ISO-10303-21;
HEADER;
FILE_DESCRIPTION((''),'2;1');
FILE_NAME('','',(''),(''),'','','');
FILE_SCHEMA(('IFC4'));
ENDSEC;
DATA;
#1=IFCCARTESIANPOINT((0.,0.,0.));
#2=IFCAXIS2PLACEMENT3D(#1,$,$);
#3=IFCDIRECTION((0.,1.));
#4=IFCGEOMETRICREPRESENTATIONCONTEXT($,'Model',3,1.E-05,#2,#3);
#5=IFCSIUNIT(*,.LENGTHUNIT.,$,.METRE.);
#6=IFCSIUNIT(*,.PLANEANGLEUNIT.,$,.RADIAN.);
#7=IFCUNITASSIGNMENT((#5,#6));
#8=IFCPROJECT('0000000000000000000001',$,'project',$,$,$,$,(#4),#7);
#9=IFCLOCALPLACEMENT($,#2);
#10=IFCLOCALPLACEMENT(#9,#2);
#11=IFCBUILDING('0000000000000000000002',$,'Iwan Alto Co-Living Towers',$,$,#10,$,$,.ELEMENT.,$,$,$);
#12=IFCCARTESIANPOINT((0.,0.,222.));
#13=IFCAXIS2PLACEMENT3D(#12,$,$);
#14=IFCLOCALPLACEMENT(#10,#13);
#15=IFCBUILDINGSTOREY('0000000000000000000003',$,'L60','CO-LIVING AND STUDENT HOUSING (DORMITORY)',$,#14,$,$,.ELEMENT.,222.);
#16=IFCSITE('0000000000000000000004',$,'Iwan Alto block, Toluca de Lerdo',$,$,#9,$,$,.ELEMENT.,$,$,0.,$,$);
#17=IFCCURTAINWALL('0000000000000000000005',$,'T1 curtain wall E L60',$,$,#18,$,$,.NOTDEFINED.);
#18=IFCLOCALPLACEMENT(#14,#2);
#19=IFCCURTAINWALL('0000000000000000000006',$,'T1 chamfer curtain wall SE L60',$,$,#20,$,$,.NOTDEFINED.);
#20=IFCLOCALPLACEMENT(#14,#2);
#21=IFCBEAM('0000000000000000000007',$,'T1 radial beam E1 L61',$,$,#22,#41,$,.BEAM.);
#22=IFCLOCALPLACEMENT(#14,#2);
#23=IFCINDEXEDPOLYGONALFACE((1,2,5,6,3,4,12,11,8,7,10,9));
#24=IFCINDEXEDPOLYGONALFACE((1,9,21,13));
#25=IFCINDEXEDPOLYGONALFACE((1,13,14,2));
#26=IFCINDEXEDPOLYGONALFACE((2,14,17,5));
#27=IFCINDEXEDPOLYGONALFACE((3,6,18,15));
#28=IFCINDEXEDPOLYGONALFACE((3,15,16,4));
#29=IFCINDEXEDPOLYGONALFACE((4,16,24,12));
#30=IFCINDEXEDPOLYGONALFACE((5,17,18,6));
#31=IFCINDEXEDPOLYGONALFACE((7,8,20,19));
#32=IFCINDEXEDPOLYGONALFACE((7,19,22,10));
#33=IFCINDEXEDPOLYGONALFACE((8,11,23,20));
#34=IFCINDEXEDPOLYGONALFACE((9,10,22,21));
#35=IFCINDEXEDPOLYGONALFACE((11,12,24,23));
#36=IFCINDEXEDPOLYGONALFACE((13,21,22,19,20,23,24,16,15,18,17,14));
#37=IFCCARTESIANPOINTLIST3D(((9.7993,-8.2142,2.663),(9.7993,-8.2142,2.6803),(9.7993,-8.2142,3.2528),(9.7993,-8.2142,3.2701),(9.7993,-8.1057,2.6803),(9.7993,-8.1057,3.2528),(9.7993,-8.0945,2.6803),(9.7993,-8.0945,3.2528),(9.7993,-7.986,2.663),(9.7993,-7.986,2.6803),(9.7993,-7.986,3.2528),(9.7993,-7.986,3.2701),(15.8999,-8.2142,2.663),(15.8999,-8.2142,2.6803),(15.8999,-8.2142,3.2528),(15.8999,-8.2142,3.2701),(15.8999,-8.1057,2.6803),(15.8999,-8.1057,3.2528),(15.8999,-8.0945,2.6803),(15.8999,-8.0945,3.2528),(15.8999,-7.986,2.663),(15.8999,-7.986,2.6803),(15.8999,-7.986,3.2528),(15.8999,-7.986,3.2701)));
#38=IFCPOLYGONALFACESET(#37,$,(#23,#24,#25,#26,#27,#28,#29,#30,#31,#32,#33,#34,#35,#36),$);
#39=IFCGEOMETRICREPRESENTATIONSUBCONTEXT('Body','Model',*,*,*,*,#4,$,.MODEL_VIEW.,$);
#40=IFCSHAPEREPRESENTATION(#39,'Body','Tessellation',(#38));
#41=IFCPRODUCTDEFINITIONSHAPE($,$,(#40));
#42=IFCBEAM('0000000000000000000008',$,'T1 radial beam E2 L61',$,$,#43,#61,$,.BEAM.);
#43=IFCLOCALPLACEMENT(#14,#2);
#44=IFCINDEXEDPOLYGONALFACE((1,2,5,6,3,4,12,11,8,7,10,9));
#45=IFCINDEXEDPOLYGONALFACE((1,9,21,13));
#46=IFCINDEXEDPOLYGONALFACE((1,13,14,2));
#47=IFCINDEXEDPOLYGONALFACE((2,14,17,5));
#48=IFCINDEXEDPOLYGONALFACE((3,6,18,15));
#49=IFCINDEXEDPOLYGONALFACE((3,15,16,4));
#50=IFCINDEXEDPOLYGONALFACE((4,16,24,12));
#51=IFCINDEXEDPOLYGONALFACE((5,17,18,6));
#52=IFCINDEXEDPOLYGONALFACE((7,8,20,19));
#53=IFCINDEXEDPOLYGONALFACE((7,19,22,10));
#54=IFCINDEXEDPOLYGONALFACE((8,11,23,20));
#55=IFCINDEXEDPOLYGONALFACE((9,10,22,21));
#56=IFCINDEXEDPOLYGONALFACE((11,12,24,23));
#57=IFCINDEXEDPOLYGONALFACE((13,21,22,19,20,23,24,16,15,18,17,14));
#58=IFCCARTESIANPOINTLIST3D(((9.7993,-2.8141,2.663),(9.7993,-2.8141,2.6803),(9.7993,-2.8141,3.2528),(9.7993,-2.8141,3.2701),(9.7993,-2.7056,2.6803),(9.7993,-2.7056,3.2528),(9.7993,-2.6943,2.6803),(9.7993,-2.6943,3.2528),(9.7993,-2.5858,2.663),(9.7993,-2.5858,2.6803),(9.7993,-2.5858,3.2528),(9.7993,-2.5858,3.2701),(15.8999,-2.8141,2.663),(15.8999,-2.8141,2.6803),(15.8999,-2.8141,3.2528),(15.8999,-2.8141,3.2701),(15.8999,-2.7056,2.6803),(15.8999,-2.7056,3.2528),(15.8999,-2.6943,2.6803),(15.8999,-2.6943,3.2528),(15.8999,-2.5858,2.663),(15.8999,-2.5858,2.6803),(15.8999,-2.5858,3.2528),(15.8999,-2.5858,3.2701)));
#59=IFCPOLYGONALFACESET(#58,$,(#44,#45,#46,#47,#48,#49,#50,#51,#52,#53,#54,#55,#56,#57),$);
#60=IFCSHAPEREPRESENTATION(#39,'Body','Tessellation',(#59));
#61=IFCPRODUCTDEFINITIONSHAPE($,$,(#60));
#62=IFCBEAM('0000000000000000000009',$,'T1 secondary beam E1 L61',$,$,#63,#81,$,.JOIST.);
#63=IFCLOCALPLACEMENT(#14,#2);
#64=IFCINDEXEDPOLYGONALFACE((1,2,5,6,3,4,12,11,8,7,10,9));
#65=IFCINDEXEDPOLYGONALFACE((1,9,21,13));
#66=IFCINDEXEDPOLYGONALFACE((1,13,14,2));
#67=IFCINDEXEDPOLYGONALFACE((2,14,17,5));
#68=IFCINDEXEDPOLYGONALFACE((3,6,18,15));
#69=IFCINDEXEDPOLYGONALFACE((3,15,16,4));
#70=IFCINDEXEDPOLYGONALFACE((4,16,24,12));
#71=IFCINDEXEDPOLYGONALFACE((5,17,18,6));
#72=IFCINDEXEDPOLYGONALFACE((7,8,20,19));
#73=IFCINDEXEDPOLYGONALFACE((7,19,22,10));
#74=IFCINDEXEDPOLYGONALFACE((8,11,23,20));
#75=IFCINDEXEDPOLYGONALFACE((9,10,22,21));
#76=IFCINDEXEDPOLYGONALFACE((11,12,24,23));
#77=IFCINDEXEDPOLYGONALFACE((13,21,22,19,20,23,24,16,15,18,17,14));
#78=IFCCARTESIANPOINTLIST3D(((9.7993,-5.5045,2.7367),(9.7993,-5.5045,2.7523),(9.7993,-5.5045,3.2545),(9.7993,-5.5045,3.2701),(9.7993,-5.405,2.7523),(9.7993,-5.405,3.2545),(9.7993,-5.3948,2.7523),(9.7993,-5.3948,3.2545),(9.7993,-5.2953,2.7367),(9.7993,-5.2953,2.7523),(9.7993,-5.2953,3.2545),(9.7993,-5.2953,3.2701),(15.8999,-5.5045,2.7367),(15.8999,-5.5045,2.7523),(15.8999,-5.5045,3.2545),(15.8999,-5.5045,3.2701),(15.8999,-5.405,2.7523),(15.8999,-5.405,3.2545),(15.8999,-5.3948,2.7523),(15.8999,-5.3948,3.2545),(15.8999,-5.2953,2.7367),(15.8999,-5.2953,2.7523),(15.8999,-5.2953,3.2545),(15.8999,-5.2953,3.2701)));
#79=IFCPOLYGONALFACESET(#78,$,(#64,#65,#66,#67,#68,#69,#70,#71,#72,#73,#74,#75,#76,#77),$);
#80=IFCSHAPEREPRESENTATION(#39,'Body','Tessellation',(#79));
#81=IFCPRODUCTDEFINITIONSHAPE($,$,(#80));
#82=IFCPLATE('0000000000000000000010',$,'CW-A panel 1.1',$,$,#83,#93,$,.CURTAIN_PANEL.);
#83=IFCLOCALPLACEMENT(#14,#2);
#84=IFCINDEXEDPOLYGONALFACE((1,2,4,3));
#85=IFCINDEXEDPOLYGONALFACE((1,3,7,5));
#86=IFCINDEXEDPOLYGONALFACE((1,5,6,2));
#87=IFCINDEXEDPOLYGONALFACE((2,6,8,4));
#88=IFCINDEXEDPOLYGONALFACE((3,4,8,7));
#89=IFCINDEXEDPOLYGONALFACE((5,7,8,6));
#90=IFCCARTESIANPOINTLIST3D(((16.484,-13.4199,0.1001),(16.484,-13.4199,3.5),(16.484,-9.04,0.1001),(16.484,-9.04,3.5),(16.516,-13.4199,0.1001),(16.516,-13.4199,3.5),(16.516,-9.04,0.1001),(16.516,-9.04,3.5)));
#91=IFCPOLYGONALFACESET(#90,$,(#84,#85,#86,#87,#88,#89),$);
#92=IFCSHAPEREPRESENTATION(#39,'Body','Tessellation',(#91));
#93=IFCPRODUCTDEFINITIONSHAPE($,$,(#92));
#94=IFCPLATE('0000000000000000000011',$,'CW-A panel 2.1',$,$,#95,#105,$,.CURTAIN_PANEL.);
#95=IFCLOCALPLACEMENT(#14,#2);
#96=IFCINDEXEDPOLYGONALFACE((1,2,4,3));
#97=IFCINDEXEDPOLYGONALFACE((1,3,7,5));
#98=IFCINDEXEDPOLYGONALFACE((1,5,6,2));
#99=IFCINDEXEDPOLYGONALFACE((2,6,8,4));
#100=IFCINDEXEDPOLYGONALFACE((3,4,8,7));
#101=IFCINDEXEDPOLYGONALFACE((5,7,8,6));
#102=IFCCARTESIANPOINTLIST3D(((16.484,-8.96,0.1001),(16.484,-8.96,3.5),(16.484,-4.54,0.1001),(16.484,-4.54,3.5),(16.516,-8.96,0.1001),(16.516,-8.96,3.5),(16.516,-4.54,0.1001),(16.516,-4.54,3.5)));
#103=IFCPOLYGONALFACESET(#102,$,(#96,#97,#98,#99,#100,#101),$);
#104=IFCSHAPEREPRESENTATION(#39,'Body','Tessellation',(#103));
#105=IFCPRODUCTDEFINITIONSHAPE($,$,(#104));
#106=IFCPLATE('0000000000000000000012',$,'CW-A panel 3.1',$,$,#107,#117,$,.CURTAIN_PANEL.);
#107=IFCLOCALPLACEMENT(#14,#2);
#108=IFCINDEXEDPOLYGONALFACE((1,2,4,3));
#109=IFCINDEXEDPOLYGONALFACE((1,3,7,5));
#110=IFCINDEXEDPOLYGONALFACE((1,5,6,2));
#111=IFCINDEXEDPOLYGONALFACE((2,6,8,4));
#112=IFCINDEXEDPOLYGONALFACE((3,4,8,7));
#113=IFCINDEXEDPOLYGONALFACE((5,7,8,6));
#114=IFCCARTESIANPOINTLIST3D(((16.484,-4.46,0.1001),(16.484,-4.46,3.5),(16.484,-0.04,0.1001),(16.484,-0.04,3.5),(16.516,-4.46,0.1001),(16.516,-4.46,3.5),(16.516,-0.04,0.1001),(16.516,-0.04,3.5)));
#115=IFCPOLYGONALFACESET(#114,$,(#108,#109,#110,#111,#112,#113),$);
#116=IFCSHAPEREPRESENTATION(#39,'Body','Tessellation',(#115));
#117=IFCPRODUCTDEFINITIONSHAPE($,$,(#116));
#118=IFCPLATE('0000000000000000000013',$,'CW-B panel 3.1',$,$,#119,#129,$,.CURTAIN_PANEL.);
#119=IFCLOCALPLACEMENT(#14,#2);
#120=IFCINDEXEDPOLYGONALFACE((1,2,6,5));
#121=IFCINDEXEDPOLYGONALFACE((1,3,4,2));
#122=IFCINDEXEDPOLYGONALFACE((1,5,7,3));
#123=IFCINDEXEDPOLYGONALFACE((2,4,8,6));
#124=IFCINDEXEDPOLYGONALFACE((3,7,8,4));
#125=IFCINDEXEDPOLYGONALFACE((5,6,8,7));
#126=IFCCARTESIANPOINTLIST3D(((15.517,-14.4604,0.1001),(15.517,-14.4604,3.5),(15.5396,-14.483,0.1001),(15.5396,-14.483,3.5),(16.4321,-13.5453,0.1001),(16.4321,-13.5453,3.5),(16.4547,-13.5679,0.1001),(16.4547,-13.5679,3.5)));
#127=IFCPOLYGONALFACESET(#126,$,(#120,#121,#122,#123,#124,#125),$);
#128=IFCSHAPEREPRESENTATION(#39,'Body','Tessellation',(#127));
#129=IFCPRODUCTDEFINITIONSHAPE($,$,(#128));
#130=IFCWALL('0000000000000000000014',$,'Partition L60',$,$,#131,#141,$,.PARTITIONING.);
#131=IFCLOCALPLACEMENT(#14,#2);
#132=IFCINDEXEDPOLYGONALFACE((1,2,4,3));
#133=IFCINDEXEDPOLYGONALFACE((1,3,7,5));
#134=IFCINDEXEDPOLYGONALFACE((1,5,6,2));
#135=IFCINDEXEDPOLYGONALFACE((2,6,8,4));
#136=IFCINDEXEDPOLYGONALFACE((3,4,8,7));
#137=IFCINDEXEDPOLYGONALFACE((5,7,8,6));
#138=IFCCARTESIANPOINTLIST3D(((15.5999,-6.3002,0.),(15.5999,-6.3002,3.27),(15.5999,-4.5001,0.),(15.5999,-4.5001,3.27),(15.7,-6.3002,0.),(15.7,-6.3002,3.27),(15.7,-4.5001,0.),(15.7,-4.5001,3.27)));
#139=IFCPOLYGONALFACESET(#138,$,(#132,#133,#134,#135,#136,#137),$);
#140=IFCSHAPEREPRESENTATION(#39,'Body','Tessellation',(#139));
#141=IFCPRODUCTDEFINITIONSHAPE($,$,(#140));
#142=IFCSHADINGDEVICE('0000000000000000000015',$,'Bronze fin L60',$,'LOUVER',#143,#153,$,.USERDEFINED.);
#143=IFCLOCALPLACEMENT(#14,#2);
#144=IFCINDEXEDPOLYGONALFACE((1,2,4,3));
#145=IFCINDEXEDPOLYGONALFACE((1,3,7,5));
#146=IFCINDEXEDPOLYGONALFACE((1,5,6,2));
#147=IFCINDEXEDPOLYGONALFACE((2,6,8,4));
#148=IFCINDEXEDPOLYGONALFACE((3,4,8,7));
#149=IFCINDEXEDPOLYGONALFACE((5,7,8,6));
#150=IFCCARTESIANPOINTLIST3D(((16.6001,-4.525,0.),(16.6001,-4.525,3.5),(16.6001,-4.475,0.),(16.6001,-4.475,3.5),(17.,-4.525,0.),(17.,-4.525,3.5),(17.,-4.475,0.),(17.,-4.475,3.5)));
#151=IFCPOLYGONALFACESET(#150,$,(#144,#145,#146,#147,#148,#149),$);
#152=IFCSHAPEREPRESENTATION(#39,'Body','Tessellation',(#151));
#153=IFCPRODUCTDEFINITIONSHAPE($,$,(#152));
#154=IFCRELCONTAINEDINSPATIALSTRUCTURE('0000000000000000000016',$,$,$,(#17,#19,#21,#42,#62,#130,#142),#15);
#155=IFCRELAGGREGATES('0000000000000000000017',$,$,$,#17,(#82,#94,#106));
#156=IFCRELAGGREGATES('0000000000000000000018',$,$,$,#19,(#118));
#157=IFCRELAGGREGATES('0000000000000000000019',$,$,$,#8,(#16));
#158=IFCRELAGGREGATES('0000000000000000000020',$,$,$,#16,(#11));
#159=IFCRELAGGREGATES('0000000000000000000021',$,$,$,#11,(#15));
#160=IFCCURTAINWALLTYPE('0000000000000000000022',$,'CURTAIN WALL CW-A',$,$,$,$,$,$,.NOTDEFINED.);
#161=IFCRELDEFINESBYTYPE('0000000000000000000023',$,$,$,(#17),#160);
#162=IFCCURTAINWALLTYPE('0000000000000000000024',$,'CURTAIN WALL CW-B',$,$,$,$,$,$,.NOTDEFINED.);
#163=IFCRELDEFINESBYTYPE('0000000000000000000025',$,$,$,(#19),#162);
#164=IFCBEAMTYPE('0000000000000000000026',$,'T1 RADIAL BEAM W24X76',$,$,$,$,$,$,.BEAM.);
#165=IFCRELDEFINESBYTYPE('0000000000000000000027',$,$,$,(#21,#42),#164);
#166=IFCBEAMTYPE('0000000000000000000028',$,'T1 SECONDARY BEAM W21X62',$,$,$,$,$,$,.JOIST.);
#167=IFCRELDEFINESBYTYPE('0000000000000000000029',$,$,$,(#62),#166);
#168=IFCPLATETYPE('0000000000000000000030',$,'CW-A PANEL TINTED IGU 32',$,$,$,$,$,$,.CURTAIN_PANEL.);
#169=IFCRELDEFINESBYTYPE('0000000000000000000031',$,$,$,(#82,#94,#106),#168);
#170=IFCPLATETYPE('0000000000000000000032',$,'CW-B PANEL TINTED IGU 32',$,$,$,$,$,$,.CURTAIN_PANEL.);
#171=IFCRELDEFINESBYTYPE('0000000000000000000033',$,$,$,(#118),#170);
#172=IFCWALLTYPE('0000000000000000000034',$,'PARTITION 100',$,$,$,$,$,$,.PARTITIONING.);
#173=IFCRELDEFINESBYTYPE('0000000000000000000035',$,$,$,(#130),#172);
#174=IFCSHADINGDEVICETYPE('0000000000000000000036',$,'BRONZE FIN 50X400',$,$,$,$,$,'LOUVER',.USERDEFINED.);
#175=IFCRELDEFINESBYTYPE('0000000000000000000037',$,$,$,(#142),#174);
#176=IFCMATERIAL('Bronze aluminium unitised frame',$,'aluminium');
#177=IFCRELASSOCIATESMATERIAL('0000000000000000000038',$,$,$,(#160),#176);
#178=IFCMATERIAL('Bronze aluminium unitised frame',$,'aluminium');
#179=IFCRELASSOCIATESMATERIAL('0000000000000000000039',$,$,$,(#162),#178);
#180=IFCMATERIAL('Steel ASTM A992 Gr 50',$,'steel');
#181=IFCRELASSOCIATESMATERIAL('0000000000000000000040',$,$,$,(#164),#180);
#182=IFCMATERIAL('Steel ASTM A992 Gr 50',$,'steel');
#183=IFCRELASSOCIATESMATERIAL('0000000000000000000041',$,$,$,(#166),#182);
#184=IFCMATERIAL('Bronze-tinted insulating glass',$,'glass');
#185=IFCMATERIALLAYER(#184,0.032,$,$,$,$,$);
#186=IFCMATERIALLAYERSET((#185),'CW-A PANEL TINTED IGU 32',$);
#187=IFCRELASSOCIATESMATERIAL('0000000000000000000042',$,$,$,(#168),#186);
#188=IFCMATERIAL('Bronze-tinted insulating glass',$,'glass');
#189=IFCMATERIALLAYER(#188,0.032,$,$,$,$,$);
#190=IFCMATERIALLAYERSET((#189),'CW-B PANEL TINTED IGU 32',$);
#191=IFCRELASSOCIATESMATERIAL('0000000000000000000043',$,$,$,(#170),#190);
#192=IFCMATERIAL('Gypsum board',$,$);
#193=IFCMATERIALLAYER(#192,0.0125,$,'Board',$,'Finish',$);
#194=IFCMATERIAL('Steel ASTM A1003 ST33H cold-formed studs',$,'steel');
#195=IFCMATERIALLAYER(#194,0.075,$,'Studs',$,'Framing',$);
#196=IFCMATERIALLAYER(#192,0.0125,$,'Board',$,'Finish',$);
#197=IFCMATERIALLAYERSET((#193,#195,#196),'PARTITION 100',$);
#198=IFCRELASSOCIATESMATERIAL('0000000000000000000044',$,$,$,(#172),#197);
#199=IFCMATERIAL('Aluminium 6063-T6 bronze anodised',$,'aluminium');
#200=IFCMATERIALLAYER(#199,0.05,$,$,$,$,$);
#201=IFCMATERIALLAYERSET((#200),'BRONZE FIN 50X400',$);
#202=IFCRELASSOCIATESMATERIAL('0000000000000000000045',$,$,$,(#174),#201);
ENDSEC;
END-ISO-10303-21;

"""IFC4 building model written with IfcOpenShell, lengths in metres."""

from ifc_helpers import new_model, si_unit, direction, frame, frame_2d, origin, origin_2d, place, context, subcontext, project, spatial, rectangle, i_section, extrude, material, layer, layer_set, material_profile, profile_set, type_object, element, aggregate, save


model = new_model("IFC4")

# Units and contexts
model_context = context("Model", 3, precision=1e-05, world=origin(), true_north=direction((0.0, 1.0)))
body_context = subcontext(model_context, "Body", "Model", "MODEL_VIEW")
ifc_project = project(units=[si_unit("LENGTHUNIT", "METRE"), si_unit("PLANEANGLEUNIT", "RADIAN")], contexts=[model_context])

# Site, building, storey
site_placement = place(None, origin())
site = spatial("IfcSite", under=ifc_project, at=site_placement, Name="Iwan Alto block, Toluca de Lerdo", CompositionType="ELEMENT", RefElevation=0.0)
building_placement = place(site_placement, origin())
building = spatial("IfcBuilding", under=site, at=building_placement, Name="Iwan Alto Co-Living Towers", CompositionType="ELEMENT")
storey_placement = place(building_placement, frame((0.0, 0.0, 222.0)))
storey = spatial("IfcBuildingStorey", under=building, at=storey_placement, Name="L60", Description="CO-LIVING AND STUDENT HOUSING (DORMITORY)", CompositionType="ELEMENT", Elevation=222.0)

# Curtain wall
ifc_material_1 = material(Name="Bronze aluminium unitised frame", Category="aluminium")
curtain_wall_type_1 = type_object("IfcCurtainWallType", Name="CURTAIN WALL CW-A", PredefinedType="NOTDEFINED", material=ifc_material_1)
curtain_wall_1_placement = place(storey_placement, origin())
curtain_wall_1 = element("IfcCurtainWall", 1, at=curtain_wall_1_placement, inside=storey, type_object=curtain_wall_type_1, Name="T1 curtain wall E L60", PredefinedType="NOTDEFINED")

# Curtain wall
ifc_material_2 = material(Name="Bronze aluminium unitised frame", Category="aluminium")
curtain_wall_type_2 = type_object("IfcCurtainWallType", Name="CURTAIN WALL CW-B", PredefinedType="NOTDEFINED", material=ifc_material_2)
curtain_wall_2_placement = place(storey_placement, origin())
curtain_wall_2 = element("IfcCurtainWall", 2, at=curtain_wall_2_placement, inside=storey, type_object=curtain_wall_type_2, Name="T1 chamfer curtain wall SE L60", PredefinedType="NOTDEFINED")

# Beams
ifc_material_3 = material(Name="Steel ASTM A992 Gr 50", Category="steel")
ifc_material_profile_1 = material_profile(ifc_material_3, i_section(OverallWidth=0.2283, OverallDepth=0.6072, WebThickness=0.0112, FlangeThickness=0.0173, at=origin_2d()), Name="W24X76")
ifc_profile_set_1 = profile_set([ifc_material_profile_1], Name="Steel ASTM A992 Gr 50")
beam_type_1 = type_object("IfcBeamType", Name="T1 RADIAL BEAM W24X76", PredefinedType="BEAM", material=ifc_profile_set_1)
for number, where, z_axis, x_axis, name in (
    (3, (15.8999, -8.1001, 2.9666), (-1.0, 0.0, 0.0), (0.0, -1.0, 0.0), "T1 radial beam E1 L61"),
    (4, (15.8999, -2.7, 2.9666), (-1.0, 0.0, 0.0), (0.0, -1.0, 0.0), "T1 radial beam E2 L61"),
):
    element("IfcBeam", number, at=place(storey_placement, frame(where, z_axis=z_axis, x_axis=x_axis)), inside=storey, type_object=beam_type_1, Name=name, PredefinedType="BEAM", context=body_context, shape_type="SweptSolid", body=[
        extrude(i_section(OverallWidth=0.2283, OverallDepth=0.6072, WebThickness=0.0112, FlangeThickness=0.0173, at=origin_2d()), origin(), (0.0, 0.0, 1.0), 6.1006),
    ])
ifc_material_4 = material(Name="Steel ASTM A992 Gr 50", Category="steel")
ifc_material_profile_2 = material_profile(ifc_material_4, i_section(OverallWidth=0.2092, OverallDepth=0.5334, WebThickness=0.0103, FlangeThickness=0.0156, at=origin_2d()), Name="W21X62")
ifc_profile_set_2 = profile_set([ifc_material_profile_2], Name="Steel ASTM A992 Gr 50")
beam_type_2 = type_object("IfcBeamType", Name="T1 SECONDARY BEAM W21X62", PredefinedType="JOIST", material=ifc_profile_set_2)
beam_1_placement = place(storey_placement, frame((15.8999, -5.3999, 3.0034), z_axis=(-1.0, 0.0, 0.0), x_axis=(0.0, -1.0, 0.0)))
element("IfcBeam", 5, at=beam_1_placement, inside=storey, type_object=beam_type_2, Name="T1 secondary beam E1 L61", PredefinedType="JOIST", context=body_context, shape_type="SweptSolid", body=[
    extrude(i_section(OverallWidth=0.2092, OverallDepth=0.5334, WebThickness=0.0103, FlangeThickness=0.0156, at=origin_2d()), origin(), (0.0, 0.0, 1.0), 6.1006),
])

# Plates
ifc_material_5 = material(Name="Bronze-tinted insulating glass", Category="glass")
ifc_layer_1 = layer(ifc_material_5, 0.032)
ifc_layer_set_1 = layer_set([ifc_layer_1], Name="CW-A PANEL TINTED IGU 32")
plate_type_1 = type_object("IfcPlateType", Name="CW-A PANEL TINTED IGU 32", PredefinedType="CURTAIN_PANEL", material=ifc_layer_set_1)
plate_1_placement = place(storey_placement, frame((16.5, -11.23, 0.1001), z_axis=(0.0, 0.0, 1.0), x_axis=(0.0, 1.0, 0.0)))
plate_1 = element("IfcPlate", 6, at=plate_1_placement, type_object=plate_type_1, Name="CW-A panel 1.1", PredefinedType="CURTAIN_PANEL", context=body_context, shape_type="SweptSolid", body=[
    extrude(rectangle(XDim=4.3799, YDim=0.032, at=origin_2d()), origin(), (0.0, 0.0, 1.0), 3.3999),
])
plate_2_placement = place(storey_placement, frame((16.5, -6.75, 0.1001), z_axis=(0.0, 0.0, 1.0), x_axis=(0.0, 1.0, 0.0)))
plate_2 = element("IfcPlate", 7, at=plate_2_placement, type_object=plate_type_1, Name="CW-A panel 2.1", PredefinedType="CURTAIN_PANEL", context=body_context, shape_type="SweptSolid", body=[
    extrude(rectangle(XDim=4.4199, YDim=0.032, at=origin_2d()), origin(), (0.0, 0.0, 1.0), 3.3999),
])
plate_3_placement = place(storey_placement, frame((16.5, -2.25, 0.1001), z_axis=(0.0, 0.0, 1.0), x_axis=(0.0, 1.0, 0.0)))
plate_3 = element("IfcPlate", 8, at=plate_3_placement, type_object=plate_type_1, Name="CW-A panel 3.1", PredefinedType="CURTAIN_PANEL", context=body_context, shape_type="SweptSolid", body=[
    extrude(rectangle(XDim=4.4199, YDim=0.032, at=origin_2d()), origin(), (0.0, 0.0, 1.0), 3.3999),
])
aggregate(curtain_wall_1, [plate_1, plate_2, plate_3])
ifc_material_6 = material(Name="Bronze-tinted insulating glass", Category="glass")
ifc_layer_2 = layer(ifc_material_6, 0.032)
ifc_layer_set_2 = layer_set([ifc_layer_2], Name="CW-B PANEL TINTED IGU 32")
plate_type_2 = type_object("IfcPlateType", Name="CW-B PANEL TINTED IGU 32", PredefinedType="CURTAIN_PANEL", material=ifc_layer_set_2)
plate_4_placement = place(storey_placement, frame((15.9858, -14.0142, 0.1001), z_axis=(0.0, 0.0, 1.0), x_axis=(0.707107, 0.707107, 0.0)))
plate_4 = element("IfcPlate", 9, at=plate_4_placement, type_object=plate_type_2, Name="CW-B panel 3.1", PredefinedType="CURTAIN_PANEL", context=body_context, shape_type="SweptSolid", body=[
    extrude(rectangle(XDim=1.2942, YDim=0.032, at=origin_2d()), origin(), (0.0, 0.0, 1.0), 3.3999),
])
aggregate(curtain_wall_2, [plate_4])

# Wall
ifc_material_7 = material(Name="Gypsum board")
ifc_layer_3 = layer(ifc_material_7, 0.0125, Name="Board", Category="Finish")
ifc_material_8 = material(Name="Steel ASTM A1003 ST33H cold-formed studs", Category="steel")
ifc_layer_4 = layer(ifc_material_8, 0.075, Name="Studs", Category="Framing")
ifc_layer_5 = layer(ifc_material_7, 0.0125, Name="Board", Category="Finish")
ifc_layer_set_3 = layer_set([ifc_layer_3, ifc_layer_4, ifc_layer_5], Name="PARTITION 100")
wall_type = type_object("IfcWallType", Name="PARTITION 100", PredefinedType="PARTITIONING", material=ifc_layer_set_3)
wall_placement = place(storey_placement, frame((15.6499, -6.3, 0.0), z_axis=(0.0, 0.0, 1.0), x_axis=(0.0, 1.0, 0.0)))
element("IfcWall", 10, at=wall_placement, inside=storey, type_object=wall_type, Name="Partition L60", PredefinedType="PARTITIONING", context=body_context, shape_type="SweptSolid", body=[
    extrude(rectangle(XDim=1.8, YDim=0.1001, at=frame_2d((0.8999, 0.0))), origin(), (0.0, 0.0, 1.0), 3.27),
])

# Shading device
ifc_material_9 = material(Name="Aluminium 6063-T6 bronze anodised", Category="aluminium")
ifc_layer_6 = layer(ifc_material_9, 0.05)
ifc_layer_set_4 = layer_set([ifc_layer_6], Name="BRONZE FIN 50X400")
shading_device_type = type_object("IfcShadingDeviceType", Name="BRONZE FIN 50X400", ElementType="LOUVER", PredefinedType="USERDEFINED", material=ifc_layer_set_4)
shading_device_placement = place(storey_placement, frame((16.8, -4.5, 0.0), z_axis=(0.0, 0.0, 1.0), x_axis=(0.0, 1.0, 0.0)))
element("IfcShadingDevice", 11, at=shading_device_placement, inside=storey, type_object=shading_device_type, Name="Bronze fin L60", ObjectType="LOUVER", PredefinedType="USERDEFINED", context=body_context, shape_type="SweptSolid", body=[
    extrude(rectangle(XDim=0.05, YDim=0.3999, at=origin_2d()), origin(), (0.0, 0.0, 1.0), 3.5),
])

save(model, "model.ifc")
